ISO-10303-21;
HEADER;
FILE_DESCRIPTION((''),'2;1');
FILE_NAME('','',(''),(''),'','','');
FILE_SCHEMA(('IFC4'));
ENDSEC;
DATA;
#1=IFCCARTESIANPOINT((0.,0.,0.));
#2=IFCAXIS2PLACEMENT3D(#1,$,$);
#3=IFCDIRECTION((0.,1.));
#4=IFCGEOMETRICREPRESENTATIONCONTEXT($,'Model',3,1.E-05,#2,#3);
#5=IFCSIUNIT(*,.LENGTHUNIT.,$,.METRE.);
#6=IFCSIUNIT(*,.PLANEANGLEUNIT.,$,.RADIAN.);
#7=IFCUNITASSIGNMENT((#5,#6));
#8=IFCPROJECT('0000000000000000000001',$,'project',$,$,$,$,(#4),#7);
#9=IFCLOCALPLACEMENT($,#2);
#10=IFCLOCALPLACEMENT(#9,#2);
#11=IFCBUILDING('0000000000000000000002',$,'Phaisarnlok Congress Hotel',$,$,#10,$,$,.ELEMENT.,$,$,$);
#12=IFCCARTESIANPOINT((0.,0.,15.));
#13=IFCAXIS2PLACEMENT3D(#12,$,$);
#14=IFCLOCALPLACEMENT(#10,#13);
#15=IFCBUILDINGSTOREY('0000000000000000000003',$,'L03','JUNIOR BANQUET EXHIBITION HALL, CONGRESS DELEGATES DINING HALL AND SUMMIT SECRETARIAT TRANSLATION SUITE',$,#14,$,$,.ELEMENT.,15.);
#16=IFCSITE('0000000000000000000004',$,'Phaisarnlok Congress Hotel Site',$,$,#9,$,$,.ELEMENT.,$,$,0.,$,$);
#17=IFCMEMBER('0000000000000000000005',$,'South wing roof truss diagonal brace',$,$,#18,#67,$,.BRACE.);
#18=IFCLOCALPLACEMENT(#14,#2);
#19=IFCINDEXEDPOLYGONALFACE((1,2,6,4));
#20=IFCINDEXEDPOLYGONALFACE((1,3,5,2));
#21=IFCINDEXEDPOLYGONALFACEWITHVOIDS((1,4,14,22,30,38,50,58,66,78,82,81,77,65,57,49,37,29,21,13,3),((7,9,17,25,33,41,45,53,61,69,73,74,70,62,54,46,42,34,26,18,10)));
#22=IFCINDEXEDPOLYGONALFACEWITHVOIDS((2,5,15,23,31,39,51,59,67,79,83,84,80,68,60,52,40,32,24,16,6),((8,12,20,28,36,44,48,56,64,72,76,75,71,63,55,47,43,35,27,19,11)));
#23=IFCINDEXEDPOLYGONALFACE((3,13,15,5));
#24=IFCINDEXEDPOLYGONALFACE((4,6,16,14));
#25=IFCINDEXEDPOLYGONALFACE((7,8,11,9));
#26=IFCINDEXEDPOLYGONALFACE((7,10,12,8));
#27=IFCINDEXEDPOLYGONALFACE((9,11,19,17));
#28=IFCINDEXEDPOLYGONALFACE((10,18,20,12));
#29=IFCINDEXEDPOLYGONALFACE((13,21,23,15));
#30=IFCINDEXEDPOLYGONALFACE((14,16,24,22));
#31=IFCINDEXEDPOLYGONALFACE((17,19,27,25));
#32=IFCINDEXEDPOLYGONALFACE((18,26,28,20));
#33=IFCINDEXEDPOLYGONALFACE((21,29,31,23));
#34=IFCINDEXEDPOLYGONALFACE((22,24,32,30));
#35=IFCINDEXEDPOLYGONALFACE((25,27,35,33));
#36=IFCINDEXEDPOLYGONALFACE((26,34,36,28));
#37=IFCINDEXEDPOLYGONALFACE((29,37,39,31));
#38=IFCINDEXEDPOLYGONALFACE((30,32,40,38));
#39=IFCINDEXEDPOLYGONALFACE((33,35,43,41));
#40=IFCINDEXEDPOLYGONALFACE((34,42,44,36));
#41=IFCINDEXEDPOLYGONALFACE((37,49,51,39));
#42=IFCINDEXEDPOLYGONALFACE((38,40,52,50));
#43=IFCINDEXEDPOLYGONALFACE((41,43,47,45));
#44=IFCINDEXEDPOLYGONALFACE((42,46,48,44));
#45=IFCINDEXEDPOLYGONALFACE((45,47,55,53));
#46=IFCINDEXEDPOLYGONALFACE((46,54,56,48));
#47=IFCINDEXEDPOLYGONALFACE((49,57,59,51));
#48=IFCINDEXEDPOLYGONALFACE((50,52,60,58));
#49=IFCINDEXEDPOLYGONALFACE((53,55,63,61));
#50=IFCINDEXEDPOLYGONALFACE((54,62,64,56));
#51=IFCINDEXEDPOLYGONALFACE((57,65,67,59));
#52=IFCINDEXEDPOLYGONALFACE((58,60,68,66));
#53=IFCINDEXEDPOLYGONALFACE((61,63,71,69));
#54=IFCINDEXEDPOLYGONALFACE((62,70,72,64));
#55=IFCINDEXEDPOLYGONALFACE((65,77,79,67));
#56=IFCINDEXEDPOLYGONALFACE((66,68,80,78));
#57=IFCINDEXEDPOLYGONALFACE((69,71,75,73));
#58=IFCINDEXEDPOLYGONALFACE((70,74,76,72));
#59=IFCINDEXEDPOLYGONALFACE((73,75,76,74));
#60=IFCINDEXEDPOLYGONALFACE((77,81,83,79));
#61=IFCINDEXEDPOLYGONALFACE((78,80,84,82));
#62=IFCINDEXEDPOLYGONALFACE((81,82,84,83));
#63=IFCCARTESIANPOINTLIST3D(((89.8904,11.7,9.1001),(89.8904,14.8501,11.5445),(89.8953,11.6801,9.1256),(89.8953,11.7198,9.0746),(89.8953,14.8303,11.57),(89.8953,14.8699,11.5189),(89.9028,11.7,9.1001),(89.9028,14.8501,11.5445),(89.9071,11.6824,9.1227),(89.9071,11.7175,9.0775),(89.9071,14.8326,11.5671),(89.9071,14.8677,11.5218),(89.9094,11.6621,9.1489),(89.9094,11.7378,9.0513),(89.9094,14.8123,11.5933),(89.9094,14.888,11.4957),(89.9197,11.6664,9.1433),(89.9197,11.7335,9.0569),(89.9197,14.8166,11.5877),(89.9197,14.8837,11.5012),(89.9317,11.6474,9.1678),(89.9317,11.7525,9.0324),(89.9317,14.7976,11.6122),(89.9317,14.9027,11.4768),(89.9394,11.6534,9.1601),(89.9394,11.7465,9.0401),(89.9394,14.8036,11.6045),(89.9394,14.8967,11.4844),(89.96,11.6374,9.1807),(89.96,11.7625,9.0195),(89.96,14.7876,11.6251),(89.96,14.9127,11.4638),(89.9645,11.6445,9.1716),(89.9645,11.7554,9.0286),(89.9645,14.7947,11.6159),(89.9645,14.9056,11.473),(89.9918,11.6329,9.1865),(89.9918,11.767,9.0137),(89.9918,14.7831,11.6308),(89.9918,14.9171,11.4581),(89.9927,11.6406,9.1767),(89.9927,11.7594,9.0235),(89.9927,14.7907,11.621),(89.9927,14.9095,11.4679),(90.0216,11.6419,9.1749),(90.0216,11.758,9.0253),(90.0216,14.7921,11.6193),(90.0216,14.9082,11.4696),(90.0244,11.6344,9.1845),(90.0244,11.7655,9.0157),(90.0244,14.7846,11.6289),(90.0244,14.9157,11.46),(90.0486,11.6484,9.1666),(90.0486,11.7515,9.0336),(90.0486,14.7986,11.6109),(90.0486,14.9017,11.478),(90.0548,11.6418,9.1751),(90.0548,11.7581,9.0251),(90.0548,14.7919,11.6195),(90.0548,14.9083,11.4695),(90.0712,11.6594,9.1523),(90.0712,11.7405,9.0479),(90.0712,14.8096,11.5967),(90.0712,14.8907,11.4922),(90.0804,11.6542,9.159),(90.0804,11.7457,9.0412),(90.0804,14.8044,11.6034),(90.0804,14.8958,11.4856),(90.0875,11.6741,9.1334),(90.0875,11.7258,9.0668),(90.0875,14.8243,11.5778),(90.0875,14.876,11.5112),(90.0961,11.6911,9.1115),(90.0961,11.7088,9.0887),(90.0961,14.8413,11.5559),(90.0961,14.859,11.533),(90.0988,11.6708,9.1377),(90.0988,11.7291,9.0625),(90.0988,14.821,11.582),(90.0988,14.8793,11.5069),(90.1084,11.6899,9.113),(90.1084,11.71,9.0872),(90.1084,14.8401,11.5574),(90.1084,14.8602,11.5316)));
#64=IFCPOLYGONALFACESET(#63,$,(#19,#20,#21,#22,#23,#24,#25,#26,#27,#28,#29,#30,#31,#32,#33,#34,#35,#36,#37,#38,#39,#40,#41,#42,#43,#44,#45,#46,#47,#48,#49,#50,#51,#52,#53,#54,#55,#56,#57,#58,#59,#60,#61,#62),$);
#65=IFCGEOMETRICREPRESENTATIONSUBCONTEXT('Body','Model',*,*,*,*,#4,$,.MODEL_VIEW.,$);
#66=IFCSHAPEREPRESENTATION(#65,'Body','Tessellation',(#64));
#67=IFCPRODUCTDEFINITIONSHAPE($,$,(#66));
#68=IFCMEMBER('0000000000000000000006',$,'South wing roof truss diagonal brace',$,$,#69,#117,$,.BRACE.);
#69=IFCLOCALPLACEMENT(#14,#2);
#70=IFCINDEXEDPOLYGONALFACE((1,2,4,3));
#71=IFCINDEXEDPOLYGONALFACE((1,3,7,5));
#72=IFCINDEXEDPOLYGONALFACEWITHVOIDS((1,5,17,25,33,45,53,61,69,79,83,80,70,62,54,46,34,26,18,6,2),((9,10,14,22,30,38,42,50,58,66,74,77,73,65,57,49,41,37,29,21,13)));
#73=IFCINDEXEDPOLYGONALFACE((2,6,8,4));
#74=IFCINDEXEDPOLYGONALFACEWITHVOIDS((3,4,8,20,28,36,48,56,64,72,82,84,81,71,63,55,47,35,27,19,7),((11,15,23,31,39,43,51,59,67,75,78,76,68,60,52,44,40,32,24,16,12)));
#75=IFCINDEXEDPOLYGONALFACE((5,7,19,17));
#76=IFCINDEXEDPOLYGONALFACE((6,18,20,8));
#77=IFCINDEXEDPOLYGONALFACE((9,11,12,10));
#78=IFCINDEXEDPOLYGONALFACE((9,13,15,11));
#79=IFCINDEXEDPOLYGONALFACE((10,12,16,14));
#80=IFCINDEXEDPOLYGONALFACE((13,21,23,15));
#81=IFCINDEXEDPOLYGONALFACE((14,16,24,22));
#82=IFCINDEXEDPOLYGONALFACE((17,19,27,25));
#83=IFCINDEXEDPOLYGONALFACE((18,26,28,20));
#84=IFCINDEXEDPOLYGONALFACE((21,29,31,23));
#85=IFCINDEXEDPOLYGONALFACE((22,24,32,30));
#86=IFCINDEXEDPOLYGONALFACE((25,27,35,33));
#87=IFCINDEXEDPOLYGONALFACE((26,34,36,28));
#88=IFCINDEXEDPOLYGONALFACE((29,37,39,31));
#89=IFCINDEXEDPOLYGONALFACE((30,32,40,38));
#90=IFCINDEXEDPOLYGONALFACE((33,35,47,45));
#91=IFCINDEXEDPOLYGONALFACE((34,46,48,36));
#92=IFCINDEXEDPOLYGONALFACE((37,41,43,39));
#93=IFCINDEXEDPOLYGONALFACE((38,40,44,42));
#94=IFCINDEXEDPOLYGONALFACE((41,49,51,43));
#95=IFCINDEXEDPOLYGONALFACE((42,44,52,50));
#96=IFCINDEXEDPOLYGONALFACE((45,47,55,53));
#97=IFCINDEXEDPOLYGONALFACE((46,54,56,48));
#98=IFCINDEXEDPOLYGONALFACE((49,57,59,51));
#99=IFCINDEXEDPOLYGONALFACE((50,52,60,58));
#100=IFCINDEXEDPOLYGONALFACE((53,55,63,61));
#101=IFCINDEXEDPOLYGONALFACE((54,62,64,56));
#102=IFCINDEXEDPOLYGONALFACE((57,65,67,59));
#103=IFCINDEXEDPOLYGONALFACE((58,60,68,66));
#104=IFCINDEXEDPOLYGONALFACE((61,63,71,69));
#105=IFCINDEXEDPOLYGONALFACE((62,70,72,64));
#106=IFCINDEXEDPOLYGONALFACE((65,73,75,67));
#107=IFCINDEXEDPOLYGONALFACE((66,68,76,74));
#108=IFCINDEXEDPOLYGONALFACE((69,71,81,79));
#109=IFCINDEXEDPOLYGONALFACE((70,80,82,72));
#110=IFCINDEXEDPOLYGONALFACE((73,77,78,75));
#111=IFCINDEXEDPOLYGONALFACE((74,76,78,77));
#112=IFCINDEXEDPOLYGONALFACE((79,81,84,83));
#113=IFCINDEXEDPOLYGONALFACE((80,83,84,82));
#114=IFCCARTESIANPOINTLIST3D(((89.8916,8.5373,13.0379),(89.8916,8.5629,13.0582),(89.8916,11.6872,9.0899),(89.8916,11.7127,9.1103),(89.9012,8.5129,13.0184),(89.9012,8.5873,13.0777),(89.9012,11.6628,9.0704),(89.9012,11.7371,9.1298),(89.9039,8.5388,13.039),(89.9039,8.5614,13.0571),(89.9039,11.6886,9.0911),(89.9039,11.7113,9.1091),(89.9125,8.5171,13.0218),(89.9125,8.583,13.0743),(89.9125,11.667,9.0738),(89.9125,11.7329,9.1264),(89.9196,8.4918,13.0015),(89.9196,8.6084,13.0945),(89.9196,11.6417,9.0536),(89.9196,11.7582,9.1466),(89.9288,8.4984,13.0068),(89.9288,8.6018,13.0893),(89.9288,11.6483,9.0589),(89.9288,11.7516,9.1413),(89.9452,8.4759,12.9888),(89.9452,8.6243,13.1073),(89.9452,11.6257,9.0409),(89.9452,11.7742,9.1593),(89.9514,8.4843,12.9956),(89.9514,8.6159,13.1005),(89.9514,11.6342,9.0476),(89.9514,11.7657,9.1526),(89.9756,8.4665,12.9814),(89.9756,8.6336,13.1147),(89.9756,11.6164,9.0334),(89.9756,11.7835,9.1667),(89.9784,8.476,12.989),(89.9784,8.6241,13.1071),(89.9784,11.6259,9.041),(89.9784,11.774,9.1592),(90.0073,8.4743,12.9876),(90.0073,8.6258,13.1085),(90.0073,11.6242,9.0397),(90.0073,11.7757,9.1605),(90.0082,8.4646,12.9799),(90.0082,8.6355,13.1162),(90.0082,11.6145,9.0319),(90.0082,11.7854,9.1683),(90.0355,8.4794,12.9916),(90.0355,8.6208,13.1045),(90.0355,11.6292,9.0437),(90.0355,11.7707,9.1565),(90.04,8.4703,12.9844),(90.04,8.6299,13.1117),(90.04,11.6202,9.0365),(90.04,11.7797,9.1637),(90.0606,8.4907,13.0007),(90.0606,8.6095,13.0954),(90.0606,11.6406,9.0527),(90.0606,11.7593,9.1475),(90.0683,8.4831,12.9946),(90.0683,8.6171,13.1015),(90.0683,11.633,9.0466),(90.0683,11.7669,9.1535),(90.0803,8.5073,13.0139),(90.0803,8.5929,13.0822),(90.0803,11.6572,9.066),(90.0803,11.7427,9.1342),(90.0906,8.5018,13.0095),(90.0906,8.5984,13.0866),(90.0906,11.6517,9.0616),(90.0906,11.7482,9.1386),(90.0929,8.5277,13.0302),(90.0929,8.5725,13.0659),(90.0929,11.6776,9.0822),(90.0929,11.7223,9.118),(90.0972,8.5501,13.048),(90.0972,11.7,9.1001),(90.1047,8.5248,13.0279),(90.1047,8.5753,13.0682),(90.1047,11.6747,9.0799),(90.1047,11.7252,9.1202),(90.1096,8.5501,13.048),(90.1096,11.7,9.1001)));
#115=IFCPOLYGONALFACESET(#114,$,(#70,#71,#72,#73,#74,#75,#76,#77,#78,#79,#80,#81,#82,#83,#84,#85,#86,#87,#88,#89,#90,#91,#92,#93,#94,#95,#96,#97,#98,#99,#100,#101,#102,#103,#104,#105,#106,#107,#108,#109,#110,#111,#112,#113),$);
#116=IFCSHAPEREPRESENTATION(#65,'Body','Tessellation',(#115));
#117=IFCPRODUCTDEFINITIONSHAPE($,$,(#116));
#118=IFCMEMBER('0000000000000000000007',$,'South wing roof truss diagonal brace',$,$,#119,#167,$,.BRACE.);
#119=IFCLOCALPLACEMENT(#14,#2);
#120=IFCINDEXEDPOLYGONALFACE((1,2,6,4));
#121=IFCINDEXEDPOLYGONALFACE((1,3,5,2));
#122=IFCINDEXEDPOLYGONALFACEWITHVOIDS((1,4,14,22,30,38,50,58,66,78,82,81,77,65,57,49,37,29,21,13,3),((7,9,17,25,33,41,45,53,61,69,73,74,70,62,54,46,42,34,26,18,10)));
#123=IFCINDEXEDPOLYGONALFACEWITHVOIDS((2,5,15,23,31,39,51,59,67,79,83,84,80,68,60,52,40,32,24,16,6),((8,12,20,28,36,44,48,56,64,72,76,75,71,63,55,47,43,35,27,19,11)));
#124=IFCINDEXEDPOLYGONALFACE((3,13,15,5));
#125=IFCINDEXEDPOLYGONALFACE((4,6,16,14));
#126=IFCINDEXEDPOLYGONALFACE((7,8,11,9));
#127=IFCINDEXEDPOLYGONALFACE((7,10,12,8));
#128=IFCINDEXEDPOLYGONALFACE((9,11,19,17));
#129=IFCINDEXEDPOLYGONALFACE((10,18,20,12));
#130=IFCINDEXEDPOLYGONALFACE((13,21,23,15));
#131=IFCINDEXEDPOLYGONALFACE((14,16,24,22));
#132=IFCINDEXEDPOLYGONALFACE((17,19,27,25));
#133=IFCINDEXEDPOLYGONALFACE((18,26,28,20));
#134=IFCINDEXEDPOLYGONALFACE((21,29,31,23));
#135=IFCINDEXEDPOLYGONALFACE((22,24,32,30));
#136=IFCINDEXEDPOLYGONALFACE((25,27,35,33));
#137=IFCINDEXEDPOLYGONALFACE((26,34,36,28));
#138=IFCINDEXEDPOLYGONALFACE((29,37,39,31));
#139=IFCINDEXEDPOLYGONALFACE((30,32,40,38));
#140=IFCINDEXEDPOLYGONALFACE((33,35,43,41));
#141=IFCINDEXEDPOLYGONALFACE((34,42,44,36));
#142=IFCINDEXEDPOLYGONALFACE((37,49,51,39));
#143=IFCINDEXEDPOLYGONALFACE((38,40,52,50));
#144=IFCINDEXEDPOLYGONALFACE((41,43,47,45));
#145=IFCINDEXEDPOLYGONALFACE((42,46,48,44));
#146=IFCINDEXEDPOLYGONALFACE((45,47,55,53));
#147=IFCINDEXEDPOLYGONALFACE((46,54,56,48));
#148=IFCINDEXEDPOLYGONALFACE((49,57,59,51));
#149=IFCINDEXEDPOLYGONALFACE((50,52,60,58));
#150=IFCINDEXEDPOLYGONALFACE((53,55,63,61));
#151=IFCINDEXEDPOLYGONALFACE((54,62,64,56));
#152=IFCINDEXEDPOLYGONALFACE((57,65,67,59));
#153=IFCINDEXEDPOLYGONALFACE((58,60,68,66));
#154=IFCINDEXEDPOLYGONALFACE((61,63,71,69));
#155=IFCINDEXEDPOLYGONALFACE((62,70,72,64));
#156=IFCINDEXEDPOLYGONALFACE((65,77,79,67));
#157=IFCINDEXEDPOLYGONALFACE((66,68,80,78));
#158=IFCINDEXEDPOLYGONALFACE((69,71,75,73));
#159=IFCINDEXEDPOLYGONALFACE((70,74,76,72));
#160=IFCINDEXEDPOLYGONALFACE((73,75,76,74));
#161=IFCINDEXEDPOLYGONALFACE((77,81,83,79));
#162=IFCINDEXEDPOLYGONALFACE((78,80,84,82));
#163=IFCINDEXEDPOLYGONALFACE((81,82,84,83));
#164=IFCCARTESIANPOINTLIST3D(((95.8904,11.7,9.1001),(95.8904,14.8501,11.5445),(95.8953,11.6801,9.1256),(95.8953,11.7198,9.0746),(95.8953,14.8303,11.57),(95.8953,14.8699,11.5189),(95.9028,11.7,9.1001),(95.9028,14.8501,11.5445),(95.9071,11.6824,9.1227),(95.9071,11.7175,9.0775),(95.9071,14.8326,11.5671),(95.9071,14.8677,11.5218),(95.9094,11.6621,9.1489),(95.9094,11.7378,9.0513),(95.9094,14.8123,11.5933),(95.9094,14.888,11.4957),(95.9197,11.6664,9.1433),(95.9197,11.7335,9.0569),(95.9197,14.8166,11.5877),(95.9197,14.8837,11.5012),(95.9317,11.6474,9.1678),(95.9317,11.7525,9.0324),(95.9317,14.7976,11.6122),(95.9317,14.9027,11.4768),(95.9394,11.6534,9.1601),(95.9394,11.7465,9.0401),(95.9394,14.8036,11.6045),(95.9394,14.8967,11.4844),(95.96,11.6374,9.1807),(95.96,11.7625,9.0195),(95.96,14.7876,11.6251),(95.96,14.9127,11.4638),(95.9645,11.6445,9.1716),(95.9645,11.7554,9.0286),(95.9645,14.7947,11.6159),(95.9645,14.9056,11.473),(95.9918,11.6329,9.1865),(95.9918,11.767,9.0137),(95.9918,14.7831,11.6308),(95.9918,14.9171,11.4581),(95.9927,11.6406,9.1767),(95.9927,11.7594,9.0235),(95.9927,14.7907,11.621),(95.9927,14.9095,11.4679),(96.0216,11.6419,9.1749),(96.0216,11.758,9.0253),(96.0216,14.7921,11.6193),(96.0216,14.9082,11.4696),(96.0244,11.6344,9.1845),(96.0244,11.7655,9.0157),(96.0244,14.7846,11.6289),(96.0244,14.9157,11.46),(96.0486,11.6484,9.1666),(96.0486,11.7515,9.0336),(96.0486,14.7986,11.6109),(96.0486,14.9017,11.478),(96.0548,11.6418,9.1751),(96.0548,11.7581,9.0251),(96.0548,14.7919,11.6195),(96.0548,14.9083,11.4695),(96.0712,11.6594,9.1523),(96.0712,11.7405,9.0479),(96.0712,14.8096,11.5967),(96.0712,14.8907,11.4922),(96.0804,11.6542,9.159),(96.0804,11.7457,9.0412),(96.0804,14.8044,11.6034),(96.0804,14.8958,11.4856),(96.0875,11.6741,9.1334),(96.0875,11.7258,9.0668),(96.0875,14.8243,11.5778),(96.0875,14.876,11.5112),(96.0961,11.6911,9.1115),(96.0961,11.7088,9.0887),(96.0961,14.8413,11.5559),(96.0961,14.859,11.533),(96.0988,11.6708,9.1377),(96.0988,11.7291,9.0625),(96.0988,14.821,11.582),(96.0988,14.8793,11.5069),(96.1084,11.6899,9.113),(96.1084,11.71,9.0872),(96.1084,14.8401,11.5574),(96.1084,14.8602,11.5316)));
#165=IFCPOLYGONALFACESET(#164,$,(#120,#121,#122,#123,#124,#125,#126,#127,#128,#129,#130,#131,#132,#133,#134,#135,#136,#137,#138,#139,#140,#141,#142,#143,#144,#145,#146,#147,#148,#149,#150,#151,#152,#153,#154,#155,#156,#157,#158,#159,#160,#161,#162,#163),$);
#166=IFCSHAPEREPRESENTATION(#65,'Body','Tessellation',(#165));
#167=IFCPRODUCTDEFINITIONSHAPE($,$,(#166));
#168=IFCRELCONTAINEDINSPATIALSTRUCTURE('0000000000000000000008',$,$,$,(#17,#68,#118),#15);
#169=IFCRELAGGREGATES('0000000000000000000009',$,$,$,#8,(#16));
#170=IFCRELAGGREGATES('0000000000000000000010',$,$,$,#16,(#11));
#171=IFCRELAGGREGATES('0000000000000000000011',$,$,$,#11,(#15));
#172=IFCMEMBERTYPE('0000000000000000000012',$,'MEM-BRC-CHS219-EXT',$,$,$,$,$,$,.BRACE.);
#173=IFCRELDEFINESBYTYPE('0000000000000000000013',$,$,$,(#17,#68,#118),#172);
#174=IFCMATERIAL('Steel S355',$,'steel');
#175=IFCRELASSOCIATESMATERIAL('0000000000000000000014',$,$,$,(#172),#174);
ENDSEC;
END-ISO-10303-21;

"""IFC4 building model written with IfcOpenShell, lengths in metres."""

from ifc_helpers import new_model, si_unit, direction, frame, origin, origin_2d, place, context, subcontext, project, spatial, hollow_circle, extrude, material, material_profile, profile_set, type_object, element, save


model = new_model("IFC4")

# Units and contexts
model_context = context("Model", 3, precision=1e-05, world=origin(), true_north=direction((0.0, 1.0)))
body_context = subcontext(model_context, "Body", "Model", "MODEL_VIEW")
ifc_project = project(units=[si_unit("LENGTHUNIT", "METRE"), si_unit("PLANEANGLEUNIT", "RADIAN")], contexts=[model_context])

# Site, building, storey
site_placement = place(None, origin())
site = spatial("IfcSite", under=ifc_project, at=site_placement, Name="Phaisarnlok Congress Hotel Site", CompositionType="ELEMENT", RefElevation=0.0)
building_placement = place(site_placement, origin())
building = spatial("IfcBuilding", under=site, at=building_placement, Name="Phaisarnlok Congress Hotel", CompositionType="ELEMENT")
storey_placement = place(building_placement, frame((0.0, 0.0, 15.0)))
storey = spatial("IfcBuildingStorey", under=building, at=storey_placement, Name="L03", Description="JUNIOR BANQUET EXHIBITION HALL, CONGRESS DELEGATES DINING HALL AND SUMMIT SECRETARIAT TRANSLATION SUITE", CompositionType="ELEMENT", Elevation=15.0)

# Shared definitions
ifc_material_1 = material(Name="Steel S355", Category="steel")

# Members
ifc_material_profile_1 = material_profile(ifc_material_1, hollow_circle(Radius=0.1096, WallThickness=0.0125, at=origin_2d()), Name="CHS 219.1x12.5")
ifc_profile_set_1 = profile_set([ifc_material_profile_1], Name="Steel S355")
member_type_1 = type_object("IfcMemberType", Name="MEM-BRC-CHS219-EXT", PredefinedType="BRACE", material=ifc_profile_set_1)
member_1_placement = place(storey_placement, frame((90.0, 11.7, 9.1001), z_axis=(0.0, 0.790054, 0.613037), x_axis=(-1.0, 0.0, 0.0)))
element("IfcMember", 1, at=member_1_placement, inside=storey, type_object=member_type_1, Name="South wing roof truss diagonal brace", PredefinedType="BRACE", context=body_context, shape_type="SweptSolid", body=[
    extrude(hollow_circle(Radius=0.1096, WallThickness=0.0125, at=origin_2d()), origin(), (0.0, 0.0, 1.0), 3.9873),
])
member_2_placement = place(storey_placement, frame((90.0, 11.7, 9.1001), z_axis=(0.0, -0.623669, 0.781689), x_axis=(1.0, 0.0, 0.0)))
element("IfcMember", 2, at=member_2_placement, inside=storey, type_object=member_type_1, Name="South wing roof truss diagonal brace", PredefinedType="BRACE", context=body_context, shape_type="SweptSolid", body=[
    extrude(hollow_circle(Radius=0.1096, WallThickness=0.0125, at=origin_2d()), origin(), (0.0, 0.0, 1.0), 5.0505),
])
member_3_placement = place(storey_placement, frame((96.0, 11.7, 9.1001), z_axis=(0.0, 0.790054, 0.613037), x_axis=(-1.0, 0.0, 0.0)))
element("IfcMember", 3, at=member_3_placement, inside=storey, type_object=member_type_1, Name="South wing roof truss diagonal brace", PredefinedType="BRACE", context=body_context, shape_type="SweptSolid", body=[
    extrude(hollow_circle(Radius=0.1096, WallThickness=0.0125, at=origin_2d()), origin(), (0.0, 0.0, 1.0), 3.9873),
])

save(model, "model.ifc")
